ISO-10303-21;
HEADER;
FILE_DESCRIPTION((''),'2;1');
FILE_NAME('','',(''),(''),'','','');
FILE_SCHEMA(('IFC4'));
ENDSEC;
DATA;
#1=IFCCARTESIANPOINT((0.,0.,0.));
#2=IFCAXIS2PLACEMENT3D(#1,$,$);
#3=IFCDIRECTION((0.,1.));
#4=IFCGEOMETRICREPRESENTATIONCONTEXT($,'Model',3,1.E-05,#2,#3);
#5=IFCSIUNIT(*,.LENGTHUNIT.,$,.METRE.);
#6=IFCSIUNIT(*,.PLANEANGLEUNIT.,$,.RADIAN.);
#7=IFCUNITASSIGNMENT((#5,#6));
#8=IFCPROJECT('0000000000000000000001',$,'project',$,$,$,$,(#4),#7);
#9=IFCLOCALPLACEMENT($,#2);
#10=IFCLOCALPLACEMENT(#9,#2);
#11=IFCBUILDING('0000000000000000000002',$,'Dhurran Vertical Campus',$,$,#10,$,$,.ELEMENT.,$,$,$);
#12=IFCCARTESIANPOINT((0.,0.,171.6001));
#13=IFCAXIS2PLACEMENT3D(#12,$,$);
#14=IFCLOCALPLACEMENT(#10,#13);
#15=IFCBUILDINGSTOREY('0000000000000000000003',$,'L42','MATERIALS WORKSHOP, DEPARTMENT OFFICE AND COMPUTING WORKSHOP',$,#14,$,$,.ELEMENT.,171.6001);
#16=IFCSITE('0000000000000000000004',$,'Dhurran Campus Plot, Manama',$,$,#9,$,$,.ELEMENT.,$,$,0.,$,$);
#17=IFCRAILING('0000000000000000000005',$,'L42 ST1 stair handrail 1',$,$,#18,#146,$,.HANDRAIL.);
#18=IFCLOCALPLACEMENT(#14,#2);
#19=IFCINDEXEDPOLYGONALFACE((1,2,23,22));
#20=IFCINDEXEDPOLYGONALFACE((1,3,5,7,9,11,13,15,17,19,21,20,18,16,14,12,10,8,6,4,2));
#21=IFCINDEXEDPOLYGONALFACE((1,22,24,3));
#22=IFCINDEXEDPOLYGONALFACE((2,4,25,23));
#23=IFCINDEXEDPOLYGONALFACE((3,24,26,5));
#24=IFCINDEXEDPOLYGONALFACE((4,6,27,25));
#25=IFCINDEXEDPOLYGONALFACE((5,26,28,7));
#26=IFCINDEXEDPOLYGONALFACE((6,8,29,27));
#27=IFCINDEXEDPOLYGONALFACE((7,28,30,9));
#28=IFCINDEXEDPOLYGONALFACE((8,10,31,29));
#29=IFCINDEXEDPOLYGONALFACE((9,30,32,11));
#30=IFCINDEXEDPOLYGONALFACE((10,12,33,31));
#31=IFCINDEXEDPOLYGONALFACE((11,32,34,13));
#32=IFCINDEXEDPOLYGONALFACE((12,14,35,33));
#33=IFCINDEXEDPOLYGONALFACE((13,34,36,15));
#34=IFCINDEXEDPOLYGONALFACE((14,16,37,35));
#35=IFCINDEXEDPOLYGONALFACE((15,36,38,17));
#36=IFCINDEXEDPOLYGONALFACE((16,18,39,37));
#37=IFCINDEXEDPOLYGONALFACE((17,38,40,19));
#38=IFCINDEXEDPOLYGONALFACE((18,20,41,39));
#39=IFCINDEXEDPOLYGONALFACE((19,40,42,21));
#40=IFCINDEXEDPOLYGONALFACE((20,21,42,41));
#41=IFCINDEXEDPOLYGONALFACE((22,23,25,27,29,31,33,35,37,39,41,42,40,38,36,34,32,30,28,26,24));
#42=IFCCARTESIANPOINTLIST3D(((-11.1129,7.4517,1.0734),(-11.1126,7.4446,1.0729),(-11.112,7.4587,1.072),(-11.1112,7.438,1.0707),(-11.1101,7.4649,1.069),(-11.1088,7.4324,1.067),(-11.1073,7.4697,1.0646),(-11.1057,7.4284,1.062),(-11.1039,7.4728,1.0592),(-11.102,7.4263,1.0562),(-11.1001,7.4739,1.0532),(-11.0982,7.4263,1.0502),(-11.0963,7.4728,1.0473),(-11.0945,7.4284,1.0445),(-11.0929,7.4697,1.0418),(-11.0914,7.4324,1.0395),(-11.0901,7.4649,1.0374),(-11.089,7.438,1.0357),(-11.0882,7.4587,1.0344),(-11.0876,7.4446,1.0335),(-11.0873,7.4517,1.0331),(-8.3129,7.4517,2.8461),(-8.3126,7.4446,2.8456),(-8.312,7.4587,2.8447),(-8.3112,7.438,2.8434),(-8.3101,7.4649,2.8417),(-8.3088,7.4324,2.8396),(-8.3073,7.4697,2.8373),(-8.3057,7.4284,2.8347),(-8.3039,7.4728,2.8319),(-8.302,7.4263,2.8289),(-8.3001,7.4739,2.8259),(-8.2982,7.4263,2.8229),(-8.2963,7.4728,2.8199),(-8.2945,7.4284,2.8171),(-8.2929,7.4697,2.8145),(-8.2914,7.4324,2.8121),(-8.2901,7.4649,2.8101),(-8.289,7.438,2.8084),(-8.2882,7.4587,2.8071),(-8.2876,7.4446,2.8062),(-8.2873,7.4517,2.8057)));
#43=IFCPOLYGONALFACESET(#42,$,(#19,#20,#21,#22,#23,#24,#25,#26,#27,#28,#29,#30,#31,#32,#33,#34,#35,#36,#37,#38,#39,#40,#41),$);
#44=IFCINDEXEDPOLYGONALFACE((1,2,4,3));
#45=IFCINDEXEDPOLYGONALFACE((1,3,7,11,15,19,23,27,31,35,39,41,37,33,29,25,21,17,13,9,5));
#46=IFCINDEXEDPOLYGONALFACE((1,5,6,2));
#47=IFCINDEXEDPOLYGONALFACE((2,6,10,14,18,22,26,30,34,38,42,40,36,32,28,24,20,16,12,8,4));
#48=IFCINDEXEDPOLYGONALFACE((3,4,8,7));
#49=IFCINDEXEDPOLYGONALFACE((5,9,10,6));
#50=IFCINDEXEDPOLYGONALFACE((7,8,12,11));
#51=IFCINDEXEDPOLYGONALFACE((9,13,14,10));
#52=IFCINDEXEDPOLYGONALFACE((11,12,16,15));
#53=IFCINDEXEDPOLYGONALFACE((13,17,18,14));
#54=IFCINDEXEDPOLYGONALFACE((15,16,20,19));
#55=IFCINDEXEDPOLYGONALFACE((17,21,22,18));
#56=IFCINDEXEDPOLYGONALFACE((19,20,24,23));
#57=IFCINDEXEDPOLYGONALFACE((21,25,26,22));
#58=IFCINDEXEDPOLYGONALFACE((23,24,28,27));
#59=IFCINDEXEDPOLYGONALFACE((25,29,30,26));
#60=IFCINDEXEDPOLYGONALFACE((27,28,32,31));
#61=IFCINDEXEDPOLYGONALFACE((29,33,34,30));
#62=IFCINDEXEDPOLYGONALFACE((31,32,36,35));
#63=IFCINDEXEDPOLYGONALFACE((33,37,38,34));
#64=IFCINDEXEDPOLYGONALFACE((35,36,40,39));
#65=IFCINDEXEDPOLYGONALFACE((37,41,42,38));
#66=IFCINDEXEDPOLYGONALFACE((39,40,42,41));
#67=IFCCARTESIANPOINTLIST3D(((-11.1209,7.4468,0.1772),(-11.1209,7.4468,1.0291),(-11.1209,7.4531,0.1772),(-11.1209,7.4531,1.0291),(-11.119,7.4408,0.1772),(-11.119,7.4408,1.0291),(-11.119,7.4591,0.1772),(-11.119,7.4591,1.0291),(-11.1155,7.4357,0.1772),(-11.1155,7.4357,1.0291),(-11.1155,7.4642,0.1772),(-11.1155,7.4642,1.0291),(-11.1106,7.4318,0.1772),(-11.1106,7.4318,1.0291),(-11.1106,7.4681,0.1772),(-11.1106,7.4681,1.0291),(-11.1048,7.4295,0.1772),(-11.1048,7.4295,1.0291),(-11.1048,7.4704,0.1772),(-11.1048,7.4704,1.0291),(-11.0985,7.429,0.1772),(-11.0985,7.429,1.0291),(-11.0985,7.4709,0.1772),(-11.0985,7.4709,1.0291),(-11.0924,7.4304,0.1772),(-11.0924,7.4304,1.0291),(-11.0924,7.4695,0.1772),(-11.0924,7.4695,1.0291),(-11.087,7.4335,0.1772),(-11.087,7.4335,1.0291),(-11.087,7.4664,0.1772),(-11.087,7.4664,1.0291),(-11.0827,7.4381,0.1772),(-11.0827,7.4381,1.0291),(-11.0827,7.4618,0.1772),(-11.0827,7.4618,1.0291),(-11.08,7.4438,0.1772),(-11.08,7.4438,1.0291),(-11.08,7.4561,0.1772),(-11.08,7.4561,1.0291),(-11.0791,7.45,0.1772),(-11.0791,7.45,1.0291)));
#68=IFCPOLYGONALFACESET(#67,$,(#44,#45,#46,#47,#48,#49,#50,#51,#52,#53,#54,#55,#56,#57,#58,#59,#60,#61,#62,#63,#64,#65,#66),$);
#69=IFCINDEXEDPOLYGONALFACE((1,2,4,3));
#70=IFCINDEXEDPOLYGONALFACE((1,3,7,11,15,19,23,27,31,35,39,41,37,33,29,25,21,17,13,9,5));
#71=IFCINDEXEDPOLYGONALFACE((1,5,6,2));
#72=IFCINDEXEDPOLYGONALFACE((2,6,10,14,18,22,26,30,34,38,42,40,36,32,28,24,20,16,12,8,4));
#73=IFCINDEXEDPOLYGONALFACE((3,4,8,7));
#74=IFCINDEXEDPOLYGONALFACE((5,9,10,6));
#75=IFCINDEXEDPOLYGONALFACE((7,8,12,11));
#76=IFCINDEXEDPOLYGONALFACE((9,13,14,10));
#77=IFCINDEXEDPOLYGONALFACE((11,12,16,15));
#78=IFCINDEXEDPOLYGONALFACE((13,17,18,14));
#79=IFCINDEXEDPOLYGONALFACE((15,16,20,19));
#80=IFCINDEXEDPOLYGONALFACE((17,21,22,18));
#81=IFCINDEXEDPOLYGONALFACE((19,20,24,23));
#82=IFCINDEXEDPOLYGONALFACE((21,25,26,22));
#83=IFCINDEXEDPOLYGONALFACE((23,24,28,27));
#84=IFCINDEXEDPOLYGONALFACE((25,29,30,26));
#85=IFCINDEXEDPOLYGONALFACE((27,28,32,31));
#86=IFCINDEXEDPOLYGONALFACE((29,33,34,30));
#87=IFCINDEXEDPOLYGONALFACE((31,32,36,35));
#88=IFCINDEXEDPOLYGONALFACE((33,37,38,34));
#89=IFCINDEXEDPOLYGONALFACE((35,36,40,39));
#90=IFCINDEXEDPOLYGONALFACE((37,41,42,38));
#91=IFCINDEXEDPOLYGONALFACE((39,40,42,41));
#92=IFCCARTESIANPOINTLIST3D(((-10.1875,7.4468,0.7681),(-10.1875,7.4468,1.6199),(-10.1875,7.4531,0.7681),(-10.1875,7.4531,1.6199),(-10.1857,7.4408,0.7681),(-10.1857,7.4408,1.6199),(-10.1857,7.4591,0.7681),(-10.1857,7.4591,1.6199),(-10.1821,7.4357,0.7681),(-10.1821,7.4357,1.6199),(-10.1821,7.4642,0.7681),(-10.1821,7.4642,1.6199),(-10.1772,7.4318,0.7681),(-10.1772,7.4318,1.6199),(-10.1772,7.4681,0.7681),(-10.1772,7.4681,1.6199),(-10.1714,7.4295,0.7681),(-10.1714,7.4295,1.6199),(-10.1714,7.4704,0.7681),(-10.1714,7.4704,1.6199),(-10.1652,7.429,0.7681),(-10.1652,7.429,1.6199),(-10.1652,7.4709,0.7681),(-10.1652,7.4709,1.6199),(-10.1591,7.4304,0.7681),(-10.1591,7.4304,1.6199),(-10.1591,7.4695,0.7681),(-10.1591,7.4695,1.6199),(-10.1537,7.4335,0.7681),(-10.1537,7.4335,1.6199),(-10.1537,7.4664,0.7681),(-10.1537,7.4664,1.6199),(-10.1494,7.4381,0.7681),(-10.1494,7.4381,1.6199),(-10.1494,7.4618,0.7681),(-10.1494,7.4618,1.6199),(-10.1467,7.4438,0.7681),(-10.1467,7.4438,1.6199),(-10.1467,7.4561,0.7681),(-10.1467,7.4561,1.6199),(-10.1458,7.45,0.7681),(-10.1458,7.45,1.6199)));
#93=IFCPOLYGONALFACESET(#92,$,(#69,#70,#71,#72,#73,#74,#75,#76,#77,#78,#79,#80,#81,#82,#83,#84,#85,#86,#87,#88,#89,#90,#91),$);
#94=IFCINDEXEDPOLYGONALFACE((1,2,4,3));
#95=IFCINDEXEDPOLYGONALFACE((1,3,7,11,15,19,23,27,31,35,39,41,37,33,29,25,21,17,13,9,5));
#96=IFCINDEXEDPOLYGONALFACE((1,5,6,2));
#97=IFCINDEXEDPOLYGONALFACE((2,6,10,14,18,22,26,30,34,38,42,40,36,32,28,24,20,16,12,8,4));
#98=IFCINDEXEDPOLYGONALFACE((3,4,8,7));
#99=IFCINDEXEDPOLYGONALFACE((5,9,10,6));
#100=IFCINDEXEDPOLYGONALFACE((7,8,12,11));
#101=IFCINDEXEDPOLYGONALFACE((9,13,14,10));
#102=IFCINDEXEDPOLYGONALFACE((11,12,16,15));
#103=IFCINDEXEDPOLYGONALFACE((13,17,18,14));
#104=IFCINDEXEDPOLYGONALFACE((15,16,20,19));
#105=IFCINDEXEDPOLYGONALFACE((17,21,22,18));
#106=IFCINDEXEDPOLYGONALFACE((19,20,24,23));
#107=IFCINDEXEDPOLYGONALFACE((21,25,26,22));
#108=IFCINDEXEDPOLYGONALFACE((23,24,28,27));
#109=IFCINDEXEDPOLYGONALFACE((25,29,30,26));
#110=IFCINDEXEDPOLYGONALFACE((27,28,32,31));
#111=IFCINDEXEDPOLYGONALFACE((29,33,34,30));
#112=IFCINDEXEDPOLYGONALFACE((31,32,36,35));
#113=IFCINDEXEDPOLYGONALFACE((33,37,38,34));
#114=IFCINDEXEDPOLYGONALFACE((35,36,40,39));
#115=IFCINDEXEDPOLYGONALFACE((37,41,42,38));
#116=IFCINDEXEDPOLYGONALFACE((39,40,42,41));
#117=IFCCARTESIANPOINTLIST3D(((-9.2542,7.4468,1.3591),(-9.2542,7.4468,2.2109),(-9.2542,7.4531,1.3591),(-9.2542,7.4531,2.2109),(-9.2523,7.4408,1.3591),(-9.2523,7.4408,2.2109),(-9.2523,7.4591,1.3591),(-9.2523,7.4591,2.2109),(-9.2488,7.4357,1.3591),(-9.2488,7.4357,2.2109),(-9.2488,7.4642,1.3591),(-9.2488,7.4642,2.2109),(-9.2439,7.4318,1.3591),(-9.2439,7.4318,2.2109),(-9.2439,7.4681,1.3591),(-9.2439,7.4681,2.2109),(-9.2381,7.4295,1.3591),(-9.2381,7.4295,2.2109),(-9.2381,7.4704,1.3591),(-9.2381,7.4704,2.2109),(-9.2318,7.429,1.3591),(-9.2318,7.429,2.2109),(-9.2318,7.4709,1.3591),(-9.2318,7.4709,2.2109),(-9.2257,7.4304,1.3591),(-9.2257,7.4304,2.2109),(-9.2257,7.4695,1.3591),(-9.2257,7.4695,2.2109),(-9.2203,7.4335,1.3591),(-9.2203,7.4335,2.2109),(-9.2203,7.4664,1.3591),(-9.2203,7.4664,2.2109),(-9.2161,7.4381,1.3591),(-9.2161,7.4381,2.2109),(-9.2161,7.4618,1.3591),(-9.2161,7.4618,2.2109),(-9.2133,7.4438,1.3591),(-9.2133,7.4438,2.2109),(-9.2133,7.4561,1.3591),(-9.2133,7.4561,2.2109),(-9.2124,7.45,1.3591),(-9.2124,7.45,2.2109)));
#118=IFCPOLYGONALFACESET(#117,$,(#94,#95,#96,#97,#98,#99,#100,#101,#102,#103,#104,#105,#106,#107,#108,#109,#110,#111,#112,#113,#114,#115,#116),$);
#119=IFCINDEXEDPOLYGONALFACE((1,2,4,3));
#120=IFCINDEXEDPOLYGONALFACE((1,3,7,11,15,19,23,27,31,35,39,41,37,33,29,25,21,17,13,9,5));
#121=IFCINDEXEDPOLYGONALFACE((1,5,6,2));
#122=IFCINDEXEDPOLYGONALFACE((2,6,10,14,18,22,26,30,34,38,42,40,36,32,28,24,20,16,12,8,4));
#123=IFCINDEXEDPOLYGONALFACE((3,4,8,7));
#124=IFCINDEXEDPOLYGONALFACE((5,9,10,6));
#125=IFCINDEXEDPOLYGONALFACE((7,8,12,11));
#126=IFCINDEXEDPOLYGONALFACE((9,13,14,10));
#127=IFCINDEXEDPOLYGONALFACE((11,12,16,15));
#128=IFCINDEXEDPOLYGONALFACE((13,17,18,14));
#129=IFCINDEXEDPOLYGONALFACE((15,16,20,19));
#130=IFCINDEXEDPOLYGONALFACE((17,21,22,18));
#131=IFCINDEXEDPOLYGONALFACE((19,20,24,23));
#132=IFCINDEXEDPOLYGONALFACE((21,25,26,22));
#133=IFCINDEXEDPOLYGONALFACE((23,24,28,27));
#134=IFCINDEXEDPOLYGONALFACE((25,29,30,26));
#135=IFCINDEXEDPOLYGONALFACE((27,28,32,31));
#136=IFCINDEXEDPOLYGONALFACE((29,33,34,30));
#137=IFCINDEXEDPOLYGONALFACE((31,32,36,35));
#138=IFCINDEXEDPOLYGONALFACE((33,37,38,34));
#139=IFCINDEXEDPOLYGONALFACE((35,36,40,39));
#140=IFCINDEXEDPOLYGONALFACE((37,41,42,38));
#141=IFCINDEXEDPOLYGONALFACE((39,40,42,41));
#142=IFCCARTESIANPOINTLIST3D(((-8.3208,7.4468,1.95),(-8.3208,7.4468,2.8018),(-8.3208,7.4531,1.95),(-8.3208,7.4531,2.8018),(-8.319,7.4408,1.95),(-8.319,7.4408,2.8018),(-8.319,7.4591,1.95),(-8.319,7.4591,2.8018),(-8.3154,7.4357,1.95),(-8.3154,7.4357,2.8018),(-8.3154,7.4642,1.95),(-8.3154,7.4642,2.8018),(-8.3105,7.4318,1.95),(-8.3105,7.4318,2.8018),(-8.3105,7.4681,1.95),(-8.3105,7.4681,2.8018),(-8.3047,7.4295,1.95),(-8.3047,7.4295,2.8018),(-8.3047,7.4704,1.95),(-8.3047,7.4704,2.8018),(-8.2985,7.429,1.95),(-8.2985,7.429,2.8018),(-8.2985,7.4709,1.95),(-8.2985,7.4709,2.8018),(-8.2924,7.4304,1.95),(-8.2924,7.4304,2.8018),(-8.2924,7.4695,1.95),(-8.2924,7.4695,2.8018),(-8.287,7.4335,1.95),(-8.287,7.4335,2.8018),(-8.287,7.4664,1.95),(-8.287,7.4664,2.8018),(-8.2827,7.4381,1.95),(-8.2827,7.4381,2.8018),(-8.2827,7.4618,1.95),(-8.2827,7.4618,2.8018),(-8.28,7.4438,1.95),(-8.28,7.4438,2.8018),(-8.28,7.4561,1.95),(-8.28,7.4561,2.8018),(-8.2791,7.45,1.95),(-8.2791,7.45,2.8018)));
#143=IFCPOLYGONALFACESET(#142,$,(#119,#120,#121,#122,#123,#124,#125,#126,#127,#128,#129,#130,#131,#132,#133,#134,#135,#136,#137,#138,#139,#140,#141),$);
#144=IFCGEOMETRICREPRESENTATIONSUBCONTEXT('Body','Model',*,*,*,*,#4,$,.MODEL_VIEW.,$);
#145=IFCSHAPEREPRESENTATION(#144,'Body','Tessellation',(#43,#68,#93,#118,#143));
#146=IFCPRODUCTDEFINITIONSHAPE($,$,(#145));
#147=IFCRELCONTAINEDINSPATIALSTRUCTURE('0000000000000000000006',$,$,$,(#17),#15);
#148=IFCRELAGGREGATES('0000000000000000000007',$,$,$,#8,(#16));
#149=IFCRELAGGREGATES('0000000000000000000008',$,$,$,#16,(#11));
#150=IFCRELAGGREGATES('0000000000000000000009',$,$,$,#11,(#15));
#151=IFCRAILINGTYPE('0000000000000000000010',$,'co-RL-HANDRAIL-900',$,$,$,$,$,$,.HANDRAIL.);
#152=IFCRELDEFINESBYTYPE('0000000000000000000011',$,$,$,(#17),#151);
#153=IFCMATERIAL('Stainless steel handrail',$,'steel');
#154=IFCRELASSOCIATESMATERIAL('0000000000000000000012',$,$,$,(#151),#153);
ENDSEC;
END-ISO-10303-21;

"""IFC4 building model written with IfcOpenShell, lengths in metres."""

from ifc_helpers import new_model, si_unit, direction, frame, origin, origin_2d, place, context, subcontext, project, spatial, circle, extrude, material, type_object, element, save


model = new_model("IFC4")

# Units and contexts
model_context = context("Model", 3, precision=1e-05, world=origin(), true_north=direction((0.0, 1.0)))
body_context = subcontext(model_context, "Body", "Model", "MODEL_VIEW")
ifc_project = project(units=[si_unit("LENGTHUNIT", "METRE"), si_unit("PLANEANGLEUNIT", "RADIAN")], contexts=[model_context])

# Site, building, storey
site_placement = place(None, origin())
site = spatial("IfcSite", under=ifc_project, at=site_placement, Name="Dhurran Campus Plot, Manama", CompositionType="ELEMENT", RefElevation=0.0)
building_placement = place(site_placement, origin())
building = spatial("IfcBuilding", under=site, at=building_placement, Name="Dhurran Vertical Campus", CompositionType="ELEMENT")
storey_placement = place(building_placement, frame((0.0, 0.0, 171.6001)))
storey = spatial("IfcBuildingStorey", under=building, at=storey_placement, Name="L42", Description="MATERIALS WORKSHOP, DEPARTMENT OFFICE AND COMPUTING WORKSHOP", CompositionType="ELEMENT", Elevation=171.6001)

# Railing
ifc_material_1 = material(Name="Stainless steel handrail", Category="steel")
railing_type_1 = type_object("IfcRailingType", Name="co-RL-HANDRAIL-900", PredefinedType="HANDRAIL", material=ifc_material_1)
railing_1_placement = place(storey_placement, frame((-11.1001, 7.45, 0.1772)))
element("IfcRailing", 1, at=railing_1_placement, inside=storey, type_object=railing_type_1, Name="L42 ST1 stair handrail 1", PredefinedType="HANDRAIL", context=body_context, shape_type="SweptSolid", body=[
    extrude(circle(Radius=0.0239, at=origin_2d()), frame((0.0, 0.0, 0.876), z_axis=(0.844909, 0.0, 0.53491), x_axis=(0.0, 1.0, 0.0)), (0.0, 0.0, 1.0), 3.314),
    extrude(circle(Radius=0.021, at=origin_2d()), origin(), (0.0, 0.0, 1.0), 0.8518),
    extrude(circle(Radius=0.021, at=origin_2d()), frame((0.9333, 0.0, 0.5908)), (0.0, 0.0, 1.0), 0.8518),
    extrude(circle(Radius=0.021, at=origin_2d()), frame((1.8667, 0.0, 1.1819)), (0.0, 0.0, 1.0), 0.8518),
    extrude(circle(Radius=0.021, at=origin_2d()), frame((2.8, 0.0, 1.7727)), (0.0, 0.0, 1.0), 0.8518),
])

save(model, "model.ifc")
